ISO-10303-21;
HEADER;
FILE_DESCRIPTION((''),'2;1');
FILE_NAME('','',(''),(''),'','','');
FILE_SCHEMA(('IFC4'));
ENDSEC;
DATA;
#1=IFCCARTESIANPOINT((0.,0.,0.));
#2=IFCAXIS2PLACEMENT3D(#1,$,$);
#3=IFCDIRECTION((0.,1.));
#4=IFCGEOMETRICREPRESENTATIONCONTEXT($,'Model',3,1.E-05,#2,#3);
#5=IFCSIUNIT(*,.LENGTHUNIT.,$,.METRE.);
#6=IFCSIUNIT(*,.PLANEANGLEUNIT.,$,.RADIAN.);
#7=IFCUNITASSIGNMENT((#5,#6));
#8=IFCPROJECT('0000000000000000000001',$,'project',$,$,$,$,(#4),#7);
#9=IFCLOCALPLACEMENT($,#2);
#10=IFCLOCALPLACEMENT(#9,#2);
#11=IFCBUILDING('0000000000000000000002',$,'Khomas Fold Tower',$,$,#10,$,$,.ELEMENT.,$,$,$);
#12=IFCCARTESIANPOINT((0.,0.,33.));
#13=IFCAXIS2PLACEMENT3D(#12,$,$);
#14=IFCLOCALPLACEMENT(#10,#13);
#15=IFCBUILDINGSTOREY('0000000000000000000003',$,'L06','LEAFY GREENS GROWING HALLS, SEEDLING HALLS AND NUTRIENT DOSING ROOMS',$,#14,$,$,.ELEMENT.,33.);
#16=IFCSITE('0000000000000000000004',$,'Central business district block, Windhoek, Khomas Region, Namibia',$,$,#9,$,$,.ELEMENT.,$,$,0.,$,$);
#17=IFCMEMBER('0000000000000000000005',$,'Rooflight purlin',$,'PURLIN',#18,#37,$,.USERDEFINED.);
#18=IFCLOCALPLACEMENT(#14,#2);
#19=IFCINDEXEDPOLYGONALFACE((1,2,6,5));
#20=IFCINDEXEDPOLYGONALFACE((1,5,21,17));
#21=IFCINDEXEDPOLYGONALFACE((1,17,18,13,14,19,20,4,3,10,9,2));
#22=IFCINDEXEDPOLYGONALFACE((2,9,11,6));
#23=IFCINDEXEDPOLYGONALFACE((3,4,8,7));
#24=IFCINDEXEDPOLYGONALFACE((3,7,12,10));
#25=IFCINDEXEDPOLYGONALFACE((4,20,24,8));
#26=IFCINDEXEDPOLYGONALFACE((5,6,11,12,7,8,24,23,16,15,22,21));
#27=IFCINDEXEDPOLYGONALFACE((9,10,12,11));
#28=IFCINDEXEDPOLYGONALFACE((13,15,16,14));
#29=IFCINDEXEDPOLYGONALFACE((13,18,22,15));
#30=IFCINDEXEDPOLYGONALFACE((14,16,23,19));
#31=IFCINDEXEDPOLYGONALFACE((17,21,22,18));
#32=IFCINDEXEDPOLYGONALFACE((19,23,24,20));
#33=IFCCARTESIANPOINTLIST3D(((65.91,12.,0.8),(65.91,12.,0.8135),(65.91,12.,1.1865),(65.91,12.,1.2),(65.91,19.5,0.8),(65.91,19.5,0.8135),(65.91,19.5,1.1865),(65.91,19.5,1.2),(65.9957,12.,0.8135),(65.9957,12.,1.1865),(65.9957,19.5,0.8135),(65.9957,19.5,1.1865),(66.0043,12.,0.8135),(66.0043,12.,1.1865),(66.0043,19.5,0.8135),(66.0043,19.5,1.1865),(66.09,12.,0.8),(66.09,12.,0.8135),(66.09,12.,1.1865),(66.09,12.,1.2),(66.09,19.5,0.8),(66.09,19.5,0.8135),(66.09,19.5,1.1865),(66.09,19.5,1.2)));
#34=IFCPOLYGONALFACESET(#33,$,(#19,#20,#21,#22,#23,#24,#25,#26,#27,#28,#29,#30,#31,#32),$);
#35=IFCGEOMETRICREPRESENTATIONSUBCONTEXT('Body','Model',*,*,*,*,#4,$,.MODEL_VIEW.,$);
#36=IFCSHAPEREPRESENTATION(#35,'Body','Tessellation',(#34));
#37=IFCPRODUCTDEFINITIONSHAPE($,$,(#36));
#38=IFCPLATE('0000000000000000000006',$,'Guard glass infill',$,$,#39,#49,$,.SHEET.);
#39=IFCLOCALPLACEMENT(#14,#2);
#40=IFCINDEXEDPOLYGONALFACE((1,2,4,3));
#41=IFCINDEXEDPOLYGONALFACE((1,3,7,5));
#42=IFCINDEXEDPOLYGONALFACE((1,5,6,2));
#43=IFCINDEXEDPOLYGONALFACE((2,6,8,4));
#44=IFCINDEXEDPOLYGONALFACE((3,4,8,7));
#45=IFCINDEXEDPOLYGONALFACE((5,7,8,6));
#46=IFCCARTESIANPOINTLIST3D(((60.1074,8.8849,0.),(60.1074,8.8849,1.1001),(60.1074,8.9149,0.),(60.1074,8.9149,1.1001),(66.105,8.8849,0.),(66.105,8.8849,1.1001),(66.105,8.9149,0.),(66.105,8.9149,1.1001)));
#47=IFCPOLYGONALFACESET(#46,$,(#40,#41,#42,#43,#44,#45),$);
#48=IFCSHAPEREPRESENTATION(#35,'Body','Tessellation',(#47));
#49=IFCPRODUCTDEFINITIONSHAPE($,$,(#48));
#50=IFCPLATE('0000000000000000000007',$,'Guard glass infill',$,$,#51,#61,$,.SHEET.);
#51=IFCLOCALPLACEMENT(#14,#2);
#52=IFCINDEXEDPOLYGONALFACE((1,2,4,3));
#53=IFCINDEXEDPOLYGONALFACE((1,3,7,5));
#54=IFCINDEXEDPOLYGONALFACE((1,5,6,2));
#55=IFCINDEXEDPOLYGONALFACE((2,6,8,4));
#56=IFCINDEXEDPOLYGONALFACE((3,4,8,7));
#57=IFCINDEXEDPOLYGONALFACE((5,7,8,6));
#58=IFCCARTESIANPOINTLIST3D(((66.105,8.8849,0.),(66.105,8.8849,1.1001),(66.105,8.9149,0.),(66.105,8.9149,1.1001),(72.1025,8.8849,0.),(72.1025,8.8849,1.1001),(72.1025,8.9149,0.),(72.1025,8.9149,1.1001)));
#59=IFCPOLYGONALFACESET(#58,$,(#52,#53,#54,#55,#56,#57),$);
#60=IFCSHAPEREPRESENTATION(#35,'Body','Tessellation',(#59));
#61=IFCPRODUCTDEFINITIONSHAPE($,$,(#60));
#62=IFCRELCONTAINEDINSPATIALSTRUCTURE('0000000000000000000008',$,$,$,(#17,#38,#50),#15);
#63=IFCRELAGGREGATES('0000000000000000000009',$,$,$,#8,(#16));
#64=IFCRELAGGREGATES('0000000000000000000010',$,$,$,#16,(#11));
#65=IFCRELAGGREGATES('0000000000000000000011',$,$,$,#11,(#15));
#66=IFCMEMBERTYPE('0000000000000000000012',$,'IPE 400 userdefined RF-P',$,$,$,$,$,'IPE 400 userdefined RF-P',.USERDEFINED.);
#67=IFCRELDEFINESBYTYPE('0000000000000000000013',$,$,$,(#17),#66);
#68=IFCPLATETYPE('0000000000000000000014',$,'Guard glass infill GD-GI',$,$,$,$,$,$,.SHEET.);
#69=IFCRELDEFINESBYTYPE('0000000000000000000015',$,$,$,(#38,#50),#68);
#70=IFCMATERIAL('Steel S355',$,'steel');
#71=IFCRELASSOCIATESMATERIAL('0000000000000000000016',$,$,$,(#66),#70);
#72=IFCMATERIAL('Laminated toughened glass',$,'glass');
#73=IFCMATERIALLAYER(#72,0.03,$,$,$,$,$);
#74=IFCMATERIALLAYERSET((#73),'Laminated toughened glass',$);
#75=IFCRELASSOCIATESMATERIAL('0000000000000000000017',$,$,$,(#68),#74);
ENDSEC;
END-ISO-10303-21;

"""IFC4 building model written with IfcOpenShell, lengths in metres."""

from ifc_helpers import new_model, si_unit, direction, frame, origin, origin_2d, place, context, subcontext, project, spatial, rectangle, i_section, extrude, source, transform, mapped, material, layer, layer_set, material_profile, profile_set, type_object, element, save


model = new_model("IFC4")

# Units and contexts
model_context = context("Model", 3, precision=1e-05, world=origin(), true_north=direction((0.0, 1.0)))
body_context = subcontext(model_context, "Body", "Model", "MODEL_VIEW")
ifc_project = project(units=[si_unit("LENGTHUNIT", "METRE"), si_unit("PLANEANGLEUNIT", "RADIAN")], contexts=[model_context])

# Site, building, storey
site_placement = place(None, origin())
site = spatial("IfcSite", under=ifc_project, at=site_placement, Name="Central business district block, Windhoek, Khomas Region, Namibia", CompositionType="ELEMENT", RefElevation=0.0)
building_placement = place(site_placement, origin())
building = spatial("IfcBuilding", under=site, at=building_placement, Name="Khomas Fold Tower", CompositionType="ELEMENT")
storey_placement = place(building_placement, frame((0.0, 0.0, 33.0)))
storey = spatial("IfcBuildingStorey", under=building, at=storey_placement, Name="L06", Description="LEAFY GREENS GROWING HALLS, SEEDLING HALLS AND NUTRIENT DOSING ROOMS", CompositionType="ELEMENT", Elevation=33.0)

# Member
ifc_material_1 = material(Name="Steel S355", Category="steel")
ifc_material_profile_1 = material_profile(ifc_material_1, i_section(OverallWidth=0.1799, OverallDepth=0.3999, WebThickness=0.0085, FlangeThickness=0.0134, at=origin_2d()), Name="IPE 400")
ifc_profile_set_1 = profile_set([ifc_material_profile_1], Name="Steel S355")
member_type_1 = type_object("IfcMemberType", Name="IPE 400 userdefined RF-P", ElementType="IPE 400 userdefined RF-P", PredefinedType="USERDEFINED", material=ifc_profile_set_1)
shared_shape_1 = source(origin(), body_context, "Body", "SweptSolid", [
    extrude(i_section(OverallWidth=0.1799, OverallDepth=0.3999, WebThickness=0.0085, FlangeThickness=0.0134, at=origin_2d()), origin(), (0.0, 0.0, 1.0), 7.5),
])
member_1_placement = place(storey_placement, frame((66.0, 12.0, 1.0), z_axis=(0.0, 1.0, 0.0), x_axis=(-1.0, 0.0, 0.0)))
element("IfcMember", 1, at=member_1_placement, inside=storey, type_object=member_type_1, Name="Rooflight purlin", ObjectType="PURLIN", PredefinedType="USERDEFINED", context=body_context, shape_type="MappedRepresentation", body=[
    mapped(shared_shape_1, transform((0.0, 0.0, 0.0))),
])

# Plates
ifc_material_2 = material(Name="Laminated toughened glass", Category="glass")
ifc_layer_1 = layer(ifc_material_2, 0.03)
ifc_layer_set_1 = layer_set([ifc_layer_1], Name="Laminated toughened glass")
plate_type_1 = type_object("IfcPlateType", Name="Guard glass infill GD-GI", PredefinedType="SHEET", material=ifc_layer_set_1)
shared_shape_2 = source(origin(), body_context, "Body", "SweptSolid", [
    extrude(rectangle(XDim=5.9976, YDim=0.03, at=origin_2d()), origin(), (0.0, 0.0, 1.0), 1.1001),
])
for number, where, z_axis, x_axis, name in (
    (2, (63.1062, 8.8999, 0.0), (0.0, 0.0, 1.0), (1.0, 0.0, 0.0), "Guard glass infill"),
    (3, (69.1038, 8.8999, 0.0), (0.0, 0.0, 1.0), (1.0, 0.0, 0.0), "Guard glass infill"),
):
    element("IfcPlate", number, at=place(storey_placement, frame(where, z_axis=z_axis, x_axis=x_axis)), inside=storey, type_object=plate_type_1, Name=name, PredefinedType="SHEET", context=body_context, shape_type="MappedRepresentation", body=[
        mapped(shared_shape_2, transform((0.0, 0.0, 0.0))),
    ])

save(model, "model.ifc")
